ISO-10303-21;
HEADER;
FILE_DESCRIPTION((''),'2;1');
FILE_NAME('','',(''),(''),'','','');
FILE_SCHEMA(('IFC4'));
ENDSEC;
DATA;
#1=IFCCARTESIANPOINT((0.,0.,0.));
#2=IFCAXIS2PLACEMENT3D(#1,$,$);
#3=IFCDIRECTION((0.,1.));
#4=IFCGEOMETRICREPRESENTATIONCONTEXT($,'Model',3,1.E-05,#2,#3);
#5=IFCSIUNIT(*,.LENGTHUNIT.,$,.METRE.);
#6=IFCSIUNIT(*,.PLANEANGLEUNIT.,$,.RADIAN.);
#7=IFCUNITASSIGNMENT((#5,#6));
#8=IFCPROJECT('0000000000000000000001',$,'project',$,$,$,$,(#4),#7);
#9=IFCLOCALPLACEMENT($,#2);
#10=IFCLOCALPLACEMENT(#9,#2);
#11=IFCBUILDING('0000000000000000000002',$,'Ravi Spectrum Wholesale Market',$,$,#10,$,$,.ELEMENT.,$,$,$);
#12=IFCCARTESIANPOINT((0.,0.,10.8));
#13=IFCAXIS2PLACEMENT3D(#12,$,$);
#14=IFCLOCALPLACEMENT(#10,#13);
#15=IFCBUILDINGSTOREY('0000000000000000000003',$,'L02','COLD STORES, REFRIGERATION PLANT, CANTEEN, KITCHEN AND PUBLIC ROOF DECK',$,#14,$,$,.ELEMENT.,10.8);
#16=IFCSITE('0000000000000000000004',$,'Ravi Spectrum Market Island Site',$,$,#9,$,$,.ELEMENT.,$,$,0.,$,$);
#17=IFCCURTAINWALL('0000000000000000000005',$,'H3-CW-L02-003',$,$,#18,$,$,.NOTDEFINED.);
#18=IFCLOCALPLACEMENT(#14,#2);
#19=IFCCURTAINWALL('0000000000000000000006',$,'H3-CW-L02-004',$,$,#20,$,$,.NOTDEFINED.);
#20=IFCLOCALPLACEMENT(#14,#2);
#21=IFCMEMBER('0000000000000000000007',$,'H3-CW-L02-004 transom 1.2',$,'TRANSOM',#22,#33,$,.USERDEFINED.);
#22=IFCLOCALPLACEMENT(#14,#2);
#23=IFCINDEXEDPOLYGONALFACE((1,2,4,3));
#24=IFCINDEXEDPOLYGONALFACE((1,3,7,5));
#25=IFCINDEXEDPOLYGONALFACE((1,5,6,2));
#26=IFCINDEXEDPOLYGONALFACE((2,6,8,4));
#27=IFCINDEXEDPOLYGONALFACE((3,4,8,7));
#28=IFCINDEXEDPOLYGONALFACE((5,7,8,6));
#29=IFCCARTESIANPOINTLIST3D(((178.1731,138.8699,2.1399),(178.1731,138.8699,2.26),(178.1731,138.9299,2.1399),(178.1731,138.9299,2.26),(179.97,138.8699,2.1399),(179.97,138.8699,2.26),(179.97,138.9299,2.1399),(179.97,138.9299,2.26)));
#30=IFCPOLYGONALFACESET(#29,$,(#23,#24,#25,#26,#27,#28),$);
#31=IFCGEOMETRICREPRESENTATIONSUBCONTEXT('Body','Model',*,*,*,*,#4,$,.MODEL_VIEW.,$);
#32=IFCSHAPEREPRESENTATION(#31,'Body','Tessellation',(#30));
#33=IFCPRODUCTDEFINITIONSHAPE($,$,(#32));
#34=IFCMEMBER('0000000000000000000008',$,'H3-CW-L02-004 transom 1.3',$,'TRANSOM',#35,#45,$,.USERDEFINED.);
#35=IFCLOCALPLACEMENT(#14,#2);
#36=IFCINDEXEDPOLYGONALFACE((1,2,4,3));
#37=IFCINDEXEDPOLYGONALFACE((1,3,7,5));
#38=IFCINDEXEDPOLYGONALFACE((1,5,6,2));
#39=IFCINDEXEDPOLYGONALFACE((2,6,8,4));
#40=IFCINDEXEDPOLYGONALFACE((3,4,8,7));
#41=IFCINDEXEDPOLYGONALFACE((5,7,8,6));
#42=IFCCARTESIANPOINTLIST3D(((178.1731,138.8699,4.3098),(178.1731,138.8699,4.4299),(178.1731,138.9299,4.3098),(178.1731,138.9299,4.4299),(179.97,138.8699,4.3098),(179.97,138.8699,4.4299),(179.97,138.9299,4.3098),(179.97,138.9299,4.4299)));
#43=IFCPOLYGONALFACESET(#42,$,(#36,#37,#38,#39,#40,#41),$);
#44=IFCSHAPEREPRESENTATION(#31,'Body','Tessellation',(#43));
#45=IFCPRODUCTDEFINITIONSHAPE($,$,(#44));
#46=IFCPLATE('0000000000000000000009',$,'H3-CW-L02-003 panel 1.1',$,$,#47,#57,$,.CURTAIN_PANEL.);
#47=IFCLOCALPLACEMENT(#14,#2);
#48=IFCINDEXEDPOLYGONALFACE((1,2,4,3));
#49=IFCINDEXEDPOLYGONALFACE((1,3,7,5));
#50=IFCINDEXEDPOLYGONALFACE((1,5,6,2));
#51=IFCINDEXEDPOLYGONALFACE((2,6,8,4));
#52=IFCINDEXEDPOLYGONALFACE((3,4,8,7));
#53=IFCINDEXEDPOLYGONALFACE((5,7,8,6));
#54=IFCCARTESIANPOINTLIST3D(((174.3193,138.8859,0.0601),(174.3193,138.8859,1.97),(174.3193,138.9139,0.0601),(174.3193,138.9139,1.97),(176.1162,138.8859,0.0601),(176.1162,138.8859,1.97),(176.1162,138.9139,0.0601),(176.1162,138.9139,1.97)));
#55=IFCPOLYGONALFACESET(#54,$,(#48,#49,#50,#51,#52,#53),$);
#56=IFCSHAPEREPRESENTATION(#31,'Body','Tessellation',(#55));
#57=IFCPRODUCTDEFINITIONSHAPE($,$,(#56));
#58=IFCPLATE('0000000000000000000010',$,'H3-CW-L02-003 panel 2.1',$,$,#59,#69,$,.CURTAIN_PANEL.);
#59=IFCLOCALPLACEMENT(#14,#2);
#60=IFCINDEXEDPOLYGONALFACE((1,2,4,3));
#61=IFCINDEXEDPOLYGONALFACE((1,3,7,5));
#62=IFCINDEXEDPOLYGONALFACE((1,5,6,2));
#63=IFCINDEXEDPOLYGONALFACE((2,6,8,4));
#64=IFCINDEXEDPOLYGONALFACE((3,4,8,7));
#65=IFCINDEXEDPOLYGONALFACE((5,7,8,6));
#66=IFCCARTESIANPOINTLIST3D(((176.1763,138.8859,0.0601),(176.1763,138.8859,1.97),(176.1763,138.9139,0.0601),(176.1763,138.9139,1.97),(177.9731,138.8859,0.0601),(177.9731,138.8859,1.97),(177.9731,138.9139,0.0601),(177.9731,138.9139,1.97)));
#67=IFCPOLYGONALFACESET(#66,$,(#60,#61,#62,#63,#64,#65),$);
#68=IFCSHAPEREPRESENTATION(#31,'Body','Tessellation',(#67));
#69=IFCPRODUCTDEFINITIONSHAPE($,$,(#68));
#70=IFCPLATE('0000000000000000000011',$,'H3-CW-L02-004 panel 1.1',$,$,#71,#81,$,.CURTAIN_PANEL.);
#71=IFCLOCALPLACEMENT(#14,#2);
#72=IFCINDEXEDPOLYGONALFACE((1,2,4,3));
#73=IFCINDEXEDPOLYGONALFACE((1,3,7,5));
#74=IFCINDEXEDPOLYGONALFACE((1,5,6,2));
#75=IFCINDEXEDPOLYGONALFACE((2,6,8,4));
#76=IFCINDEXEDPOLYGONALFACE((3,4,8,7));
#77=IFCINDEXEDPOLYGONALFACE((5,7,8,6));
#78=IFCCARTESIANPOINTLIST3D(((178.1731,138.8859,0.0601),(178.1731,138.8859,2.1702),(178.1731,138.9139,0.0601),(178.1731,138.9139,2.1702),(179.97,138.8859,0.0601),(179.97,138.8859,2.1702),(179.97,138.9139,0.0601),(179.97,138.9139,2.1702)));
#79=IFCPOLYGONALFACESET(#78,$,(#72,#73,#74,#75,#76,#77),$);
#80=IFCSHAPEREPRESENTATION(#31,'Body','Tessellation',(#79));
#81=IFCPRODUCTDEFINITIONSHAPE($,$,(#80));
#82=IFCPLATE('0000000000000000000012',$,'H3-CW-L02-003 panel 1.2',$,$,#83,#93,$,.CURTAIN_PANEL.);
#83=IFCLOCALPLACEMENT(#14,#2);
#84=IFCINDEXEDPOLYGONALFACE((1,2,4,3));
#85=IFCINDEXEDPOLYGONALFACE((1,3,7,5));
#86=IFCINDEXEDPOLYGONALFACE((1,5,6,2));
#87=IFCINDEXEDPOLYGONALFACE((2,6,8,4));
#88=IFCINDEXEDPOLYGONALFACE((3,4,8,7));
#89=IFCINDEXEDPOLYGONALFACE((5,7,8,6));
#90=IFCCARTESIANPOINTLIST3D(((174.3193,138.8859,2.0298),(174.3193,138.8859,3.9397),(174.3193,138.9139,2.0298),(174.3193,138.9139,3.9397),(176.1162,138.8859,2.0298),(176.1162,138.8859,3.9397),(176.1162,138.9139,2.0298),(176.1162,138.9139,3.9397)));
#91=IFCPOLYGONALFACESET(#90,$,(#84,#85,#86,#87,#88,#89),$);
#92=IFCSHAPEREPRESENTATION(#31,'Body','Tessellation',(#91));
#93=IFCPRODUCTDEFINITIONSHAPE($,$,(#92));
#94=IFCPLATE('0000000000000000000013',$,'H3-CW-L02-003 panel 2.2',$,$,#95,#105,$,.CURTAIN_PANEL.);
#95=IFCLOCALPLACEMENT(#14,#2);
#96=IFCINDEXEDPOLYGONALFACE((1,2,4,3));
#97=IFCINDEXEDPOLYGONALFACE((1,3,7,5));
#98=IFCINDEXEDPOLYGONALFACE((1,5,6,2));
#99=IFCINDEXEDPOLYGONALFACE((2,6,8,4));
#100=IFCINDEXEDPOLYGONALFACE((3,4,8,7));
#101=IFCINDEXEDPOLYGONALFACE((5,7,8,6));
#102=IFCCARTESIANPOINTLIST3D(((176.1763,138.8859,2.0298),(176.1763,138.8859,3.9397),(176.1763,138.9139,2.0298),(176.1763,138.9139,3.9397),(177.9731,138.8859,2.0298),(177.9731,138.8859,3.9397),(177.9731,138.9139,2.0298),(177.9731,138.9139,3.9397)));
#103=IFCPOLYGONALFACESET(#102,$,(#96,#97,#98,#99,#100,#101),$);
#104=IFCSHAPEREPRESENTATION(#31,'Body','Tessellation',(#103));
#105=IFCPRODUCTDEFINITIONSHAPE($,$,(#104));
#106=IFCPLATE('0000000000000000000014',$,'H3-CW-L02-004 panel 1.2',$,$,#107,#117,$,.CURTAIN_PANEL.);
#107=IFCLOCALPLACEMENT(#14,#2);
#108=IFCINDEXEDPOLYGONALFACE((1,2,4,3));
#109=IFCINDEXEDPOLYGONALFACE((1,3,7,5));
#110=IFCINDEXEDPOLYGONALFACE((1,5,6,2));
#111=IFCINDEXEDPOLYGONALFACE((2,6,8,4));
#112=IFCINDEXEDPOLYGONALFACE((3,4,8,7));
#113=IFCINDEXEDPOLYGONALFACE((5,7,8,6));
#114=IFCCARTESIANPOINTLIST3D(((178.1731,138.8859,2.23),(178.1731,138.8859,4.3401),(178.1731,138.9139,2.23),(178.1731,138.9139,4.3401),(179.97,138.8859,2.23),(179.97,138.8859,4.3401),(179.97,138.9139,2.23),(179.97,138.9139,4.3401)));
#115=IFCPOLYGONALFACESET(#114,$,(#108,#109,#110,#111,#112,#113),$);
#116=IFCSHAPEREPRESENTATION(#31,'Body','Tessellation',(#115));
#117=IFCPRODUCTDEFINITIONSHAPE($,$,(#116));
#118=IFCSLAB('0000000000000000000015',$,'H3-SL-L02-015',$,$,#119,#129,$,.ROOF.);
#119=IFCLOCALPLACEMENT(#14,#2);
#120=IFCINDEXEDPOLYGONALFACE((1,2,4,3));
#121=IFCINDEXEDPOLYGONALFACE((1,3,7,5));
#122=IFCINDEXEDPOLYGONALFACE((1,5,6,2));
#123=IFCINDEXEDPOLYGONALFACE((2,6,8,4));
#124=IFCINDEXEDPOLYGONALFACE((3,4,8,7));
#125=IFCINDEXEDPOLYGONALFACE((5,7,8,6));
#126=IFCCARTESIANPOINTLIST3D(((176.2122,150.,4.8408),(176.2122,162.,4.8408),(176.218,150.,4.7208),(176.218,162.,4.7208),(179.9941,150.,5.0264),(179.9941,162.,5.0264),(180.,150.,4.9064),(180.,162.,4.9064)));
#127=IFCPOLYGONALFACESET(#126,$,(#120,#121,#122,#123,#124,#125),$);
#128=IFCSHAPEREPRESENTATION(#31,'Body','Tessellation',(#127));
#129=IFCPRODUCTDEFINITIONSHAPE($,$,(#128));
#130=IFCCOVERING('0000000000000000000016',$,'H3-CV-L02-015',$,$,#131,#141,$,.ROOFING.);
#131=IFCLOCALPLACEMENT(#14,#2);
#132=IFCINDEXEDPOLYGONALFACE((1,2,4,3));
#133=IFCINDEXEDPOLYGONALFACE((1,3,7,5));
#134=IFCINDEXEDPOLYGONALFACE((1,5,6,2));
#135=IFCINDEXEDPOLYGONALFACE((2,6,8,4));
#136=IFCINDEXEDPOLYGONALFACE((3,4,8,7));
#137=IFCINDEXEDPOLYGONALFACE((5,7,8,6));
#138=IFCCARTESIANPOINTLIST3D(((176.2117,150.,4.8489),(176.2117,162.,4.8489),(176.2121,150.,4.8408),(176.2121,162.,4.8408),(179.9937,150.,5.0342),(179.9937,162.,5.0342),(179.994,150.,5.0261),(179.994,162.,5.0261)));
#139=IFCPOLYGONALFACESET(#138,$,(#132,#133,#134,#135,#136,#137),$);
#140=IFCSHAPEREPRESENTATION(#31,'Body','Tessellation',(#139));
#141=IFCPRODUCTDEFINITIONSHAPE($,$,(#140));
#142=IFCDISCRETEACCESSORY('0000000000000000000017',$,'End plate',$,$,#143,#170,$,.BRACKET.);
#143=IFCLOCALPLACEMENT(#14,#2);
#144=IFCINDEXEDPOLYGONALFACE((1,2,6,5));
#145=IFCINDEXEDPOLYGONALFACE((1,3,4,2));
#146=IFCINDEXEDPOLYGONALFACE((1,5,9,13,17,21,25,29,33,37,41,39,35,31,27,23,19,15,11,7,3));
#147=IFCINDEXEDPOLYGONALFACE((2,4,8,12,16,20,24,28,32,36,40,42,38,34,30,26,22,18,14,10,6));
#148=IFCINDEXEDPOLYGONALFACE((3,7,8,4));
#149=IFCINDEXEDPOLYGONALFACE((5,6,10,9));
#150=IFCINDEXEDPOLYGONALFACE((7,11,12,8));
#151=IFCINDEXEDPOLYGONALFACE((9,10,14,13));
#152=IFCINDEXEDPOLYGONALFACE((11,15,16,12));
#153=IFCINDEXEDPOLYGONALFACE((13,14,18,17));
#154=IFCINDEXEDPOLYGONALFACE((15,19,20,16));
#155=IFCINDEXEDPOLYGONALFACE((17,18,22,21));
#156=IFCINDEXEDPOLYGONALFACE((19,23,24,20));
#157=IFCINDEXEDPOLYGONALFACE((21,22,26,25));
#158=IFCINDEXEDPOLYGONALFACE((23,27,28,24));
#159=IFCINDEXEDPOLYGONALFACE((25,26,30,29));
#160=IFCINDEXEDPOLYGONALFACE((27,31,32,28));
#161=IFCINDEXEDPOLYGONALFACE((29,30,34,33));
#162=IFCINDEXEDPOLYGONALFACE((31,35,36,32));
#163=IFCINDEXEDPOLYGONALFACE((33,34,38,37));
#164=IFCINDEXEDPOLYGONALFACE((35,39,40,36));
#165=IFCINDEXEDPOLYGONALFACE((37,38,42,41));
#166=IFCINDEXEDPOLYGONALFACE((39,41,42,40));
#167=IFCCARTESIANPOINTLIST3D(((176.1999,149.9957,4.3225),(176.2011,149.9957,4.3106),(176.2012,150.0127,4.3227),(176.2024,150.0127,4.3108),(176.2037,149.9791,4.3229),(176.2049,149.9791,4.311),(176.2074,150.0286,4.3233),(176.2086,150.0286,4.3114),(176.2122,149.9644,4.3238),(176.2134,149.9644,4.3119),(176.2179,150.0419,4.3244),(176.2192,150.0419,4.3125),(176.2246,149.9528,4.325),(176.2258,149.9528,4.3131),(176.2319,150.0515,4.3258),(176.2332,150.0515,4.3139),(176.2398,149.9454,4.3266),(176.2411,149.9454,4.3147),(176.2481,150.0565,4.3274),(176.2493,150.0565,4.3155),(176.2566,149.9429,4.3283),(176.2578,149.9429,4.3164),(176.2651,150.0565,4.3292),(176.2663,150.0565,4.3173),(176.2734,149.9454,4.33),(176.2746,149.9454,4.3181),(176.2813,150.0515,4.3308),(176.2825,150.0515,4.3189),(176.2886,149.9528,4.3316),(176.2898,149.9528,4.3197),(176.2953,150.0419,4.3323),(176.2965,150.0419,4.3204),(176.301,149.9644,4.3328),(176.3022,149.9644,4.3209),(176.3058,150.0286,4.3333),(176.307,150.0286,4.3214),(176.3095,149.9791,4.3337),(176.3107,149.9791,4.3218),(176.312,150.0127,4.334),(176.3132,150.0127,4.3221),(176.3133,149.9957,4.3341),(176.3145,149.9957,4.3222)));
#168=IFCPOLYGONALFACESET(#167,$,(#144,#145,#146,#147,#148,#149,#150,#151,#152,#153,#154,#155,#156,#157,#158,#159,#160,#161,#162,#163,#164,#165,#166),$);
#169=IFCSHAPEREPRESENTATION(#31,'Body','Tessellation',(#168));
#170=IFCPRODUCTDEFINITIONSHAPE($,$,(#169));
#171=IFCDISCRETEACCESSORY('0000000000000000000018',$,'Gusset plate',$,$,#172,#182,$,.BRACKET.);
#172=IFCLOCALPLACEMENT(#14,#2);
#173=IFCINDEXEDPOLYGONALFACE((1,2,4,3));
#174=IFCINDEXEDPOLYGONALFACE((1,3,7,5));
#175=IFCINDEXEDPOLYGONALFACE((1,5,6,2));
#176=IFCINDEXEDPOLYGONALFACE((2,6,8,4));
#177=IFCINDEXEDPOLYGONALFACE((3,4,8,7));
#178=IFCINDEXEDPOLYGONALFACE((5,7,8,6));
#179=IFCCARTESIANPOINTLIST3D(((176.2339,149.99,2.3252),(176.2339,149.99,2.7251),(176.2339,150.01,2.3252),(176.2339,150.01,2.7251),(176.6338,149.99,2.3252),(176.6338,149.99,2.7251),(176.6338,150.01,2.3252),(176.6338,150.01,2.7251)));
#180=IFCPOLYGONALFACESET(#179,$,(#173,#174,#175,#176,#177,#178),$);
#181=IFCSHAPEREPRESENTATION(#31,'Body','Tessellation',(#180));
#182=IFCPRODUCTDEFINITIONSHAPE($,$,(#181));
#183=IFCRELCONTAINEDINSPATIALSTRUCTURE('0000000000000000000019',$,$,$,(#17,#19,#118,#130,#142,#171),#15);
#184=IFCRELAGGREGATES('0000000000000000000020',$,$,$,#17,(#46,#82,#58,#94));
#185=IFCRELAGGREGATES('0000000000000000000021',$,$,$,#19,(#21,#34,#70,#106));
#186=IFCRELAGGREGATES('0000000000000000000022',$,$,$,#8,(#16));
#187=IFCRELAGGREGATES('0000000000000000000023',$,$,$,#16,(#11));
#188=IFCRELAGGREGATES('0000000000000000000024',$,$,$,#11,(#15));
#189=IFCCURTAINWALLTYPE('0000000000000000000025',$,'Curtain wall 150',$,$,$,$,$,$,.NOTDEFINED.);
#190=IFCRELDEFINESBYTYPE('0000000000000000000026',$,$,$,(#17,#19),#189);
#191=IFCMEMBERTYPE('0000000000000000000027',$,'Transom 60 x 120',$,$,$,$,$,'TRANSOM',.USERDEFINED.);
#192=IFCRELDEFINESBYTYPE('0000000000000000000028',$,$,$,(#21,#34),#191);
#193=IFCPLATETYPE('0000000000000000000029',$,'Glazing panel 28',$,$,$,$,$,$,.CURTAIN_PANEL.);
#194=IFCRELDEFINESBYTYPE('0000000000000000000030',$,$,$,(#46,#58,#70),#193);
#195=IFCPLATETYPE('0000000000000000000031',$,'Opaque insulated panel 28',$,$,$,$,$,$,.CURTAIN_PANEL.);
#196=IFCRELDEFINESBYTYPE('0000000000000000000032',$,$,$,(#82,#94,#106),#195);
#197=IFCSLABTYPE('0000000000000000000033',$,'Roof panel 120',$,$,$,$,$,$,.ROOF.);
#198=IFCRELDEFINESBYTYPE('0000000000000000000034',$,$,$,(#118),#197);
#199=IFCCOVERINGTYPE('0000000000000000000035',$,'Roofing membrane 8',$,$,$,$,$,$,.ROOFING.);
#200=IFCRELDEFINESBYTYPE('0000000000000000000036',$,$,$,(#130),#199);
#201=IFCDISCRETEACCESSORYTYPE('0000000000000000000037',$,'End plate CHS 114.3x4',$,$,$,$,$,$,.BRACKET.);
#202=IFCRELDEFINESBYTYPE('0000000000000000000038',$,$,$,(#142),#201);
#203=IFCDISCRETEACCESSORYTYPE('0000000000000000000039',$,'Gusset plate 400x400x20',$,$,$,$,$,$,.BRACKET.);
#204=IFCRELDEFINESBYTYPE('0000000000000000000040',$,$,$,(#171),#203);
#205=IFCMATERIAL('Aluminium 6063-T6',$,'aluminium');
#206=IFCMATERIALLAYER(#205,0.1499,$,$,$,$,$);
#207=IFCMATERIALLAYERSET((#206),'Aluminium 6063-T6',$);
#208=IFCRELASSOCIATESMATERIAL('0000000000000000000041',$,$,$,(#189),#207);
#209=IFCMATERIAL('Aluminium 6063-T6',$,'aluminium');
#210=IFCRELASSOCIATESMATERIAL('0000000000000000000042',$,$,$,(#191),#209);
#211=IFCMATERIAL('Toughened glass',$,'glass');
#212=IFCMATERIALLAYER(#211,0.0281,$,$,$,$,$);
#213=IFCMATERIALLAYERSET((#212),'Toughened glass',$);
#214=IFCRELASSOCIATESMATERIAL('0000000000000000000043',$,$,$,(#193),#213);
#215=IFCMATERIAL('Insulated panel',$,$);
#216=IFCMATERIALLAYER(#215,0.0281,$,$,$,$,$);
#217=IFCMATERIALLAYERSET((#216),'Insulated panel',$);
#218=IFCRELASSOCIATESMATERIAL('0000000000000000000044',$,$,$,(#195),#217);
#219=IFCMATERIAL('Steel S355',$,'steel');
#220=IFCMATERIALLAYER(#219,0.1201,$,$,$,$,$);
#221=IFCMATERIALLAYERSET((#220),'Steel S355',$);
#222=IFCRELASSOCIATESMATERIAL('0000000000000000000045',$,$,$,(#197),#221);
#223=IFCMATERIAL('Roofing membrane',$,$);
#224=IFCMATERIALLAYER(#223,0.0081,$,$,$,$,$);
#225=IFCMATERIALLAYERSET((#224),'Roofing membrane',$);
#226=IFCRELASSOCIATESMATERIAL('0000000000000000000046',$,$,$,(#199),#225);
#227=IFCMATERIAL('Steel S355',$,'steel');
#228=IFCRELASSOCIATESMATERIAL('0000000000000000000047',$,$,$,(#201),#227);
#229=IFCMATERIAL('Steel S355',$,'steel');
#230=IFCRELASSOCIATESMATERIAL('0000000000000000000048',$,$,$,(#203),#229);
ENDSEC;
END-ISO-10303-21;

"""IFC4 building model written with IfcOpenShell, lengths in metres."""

from ifc_helpers import new_model, si_unit, direction, frame, origin, origin_2d, place, context, subcontext, project, spatial, polyline, rectangle, circle, outline, extrude, material, layer, layer_set, material_profile, profile_set, type_object, element, aggregate, save


model = new_model("IFC4")

# Units and contexts
model_context = context("Model", 3, precision=1e-05, world=origin(), true_north=direction((0.0, 1.0)))
body_context = subcontext(model_context, "Body", "Model", "MODEL_VIEW")
ifc_project = project(units=[si_unit("LENGTHUNIT", "METRE"), si_unit("PLANEANGLEUNIT", "RADIAN")], contexts=[model_context])

# Site, building, storey
site_placement = place(None, origin())
site = spatial("IfcSite", under=ifc_project, at=site_placement, Name="Ravi Spectrum Market Island Site", CompositionType="ELEMENT", RefElevation=0.0)
building_placement = place(site_placement, origin())
building = spatial("IfcBuilding", under=site, at=building_placement, Name="Ravi Spectrum Wholesale Market", CompositionType="ELEMENT")
storey_placement = place(building_placement, frame((0.0, 0.0, 10.8)))
storey = spatial("IfcBuildingStorey", under=building, at=storey_placement, Name="L02", Description="COLD STORES, REFRIGERATION PLANT, CANTEEN, KITCHEN AND PUBLIC ROOF DECK", CompositionType="ELEMENT", Elevation=10.8)

# Shared definitions
ifc_material_1 = material(Name="Aluminium 6063-T6", Category="aluminium")
ifc_layer_1 = layer(ifc_material_1, 0.1499)
ifc_layer_set_1 = layer_set([ifc_layer_1], Name="Aluminium 6063-T6")
curtain_wall_type = type_object("IfcCurtainWallType", Name="Curtain wall 150", PredefinedType="NOTDEFINED", material=ifc_layer_set_1)

# Curtain walls
curtain_wall_1_placement = place(storey_placement, origin())
curtain_wall_1 = element("IfcCurtainWall", 1, at=curtain_wall_1_placement, inside=storey, type_object=curtain_wall_type, Name="H3-CW-L02-003", PredefinedType="NOTDEFINED")
curtain_wall_2_placement = place(storey_placement, origin())
curtain_wall_2 = element("IfcCurtainWall", 2, at=curtain_wall_2_placement, inside=storey, type_object=curtain_wall_type, Name="H3-CW-L02-004", PredefinedType="NOTDEFINED")

# Members
ifc_material_2 = material(Name="Aluminium 6063-T6", Category="aluminium")
ifc_material_profile_1 = material_profile(ifc_material_2, rectangle(XDim=0.0601, YDim=0.1201, at=origin_2d()))
ifc_profile_set_1 = profile_set([ifc_material_profile_1], Name="Aluminium 6063-T6")
member_type_1 = type_object("IfcMemberType", Name="Transom 60 x 120", ElementType="TRANSOM", PredefinedType="USERDEFINED", material=ifc_profile_set_1)
member_1_placement = place(storey_placement, frame((178.1731, 138.8999, 2.2), z_axis=(1.0, 0.0, 0.0), x_axis=(0.0, 1.0, 0.0)))
member_1 = element("IfcMember", 3, at=member_1_placement, type_object=member_type_1, Name="H3-CW-L02-004 transom 1.2", ObjectType="TRANSOM", PredefinedType="USERDEFINED", context=body_context, shape_type="SweptSolid", body=[
    extrude(rectangle(XDim=0.0601, YDim=0.1201, at=origin_2d()), origin(), (0.0, 0.0, 1.0), 1.7969),
])
member_2_placement = place(storey_placement, frame((178.1731, 138.8999, 4.3699), z_axis=(1.0, 0.0, 0.0), x_axis=(0.0, 1.0, 0.0)))
member_2 = element("IfcMember", 4, at=member_2_placement, type_object=member_type_1, Name="H3-CW-L02-004 transom 1.3", ObjectType="TRANSOM", PredefinedType="USERDEFINED", context=body_context, shape_type="SweptSolid", body=[
    extrude(rectangle(XDim=0.0601, YDim=0.1201, at=origin_2d()), origin(), (0.0, 0.0, 1.0), 1.7969),
])

# Plates
ifc_material_3 = material(Name="Toughened glass", Category="glass")
ifc_layer_2 = layer(ifc_material_3, 0.0281)
ifc_layer_set_2 = layer_set([ifc_layer_2], Name="Toughened glass")
plate_type_1 = type_object("IfcPlateType", Name="Glazing panel 28", PredefinedType="CURTAIN_PANEL", material=ifc_layer_set_2)
plate_1_placement = place(storey_placement, frame((175.2178, 138.8999, 0.0601), z_axis=(0.0, 0.0, 1.0), x_axis=(1.0, 0.0, 0.0)))
plate_1 = element("IfcPlate", 5, at=plate_1_placement, type_object=plate_type_1, Name="H3-CW-L02-003 panel 1.1", PredefinedType="CURTAIN_PANEL", context=body_context, shape_type="SweptSolid", body=[
    extrude(rectangle(XDim=1.7969, YDim=0.0281, at=origin_2d()), origin(), (0.0, 0.0, 1.0), 1.9099),
])
plate_2_placement = place(storey_placement, frame((177.0747, 138.8999, 0.0601), z_axis=(0.0, 0.0, 1.0), x_axis=(1.0, 0.0, 0.0)))
plate_2 = element("IfcPlate", 6, at=plate_2_placement, type_object=plate_type_1, Name="H3-CW-L02-003 panel 2.1", PredefinedType="CURTAIN_PANEL", context=body_context, shape_type="SweptSolid", body=[
    extrude(rectangle(XDim=1.7969, YDim=0.0281, at=origin_2d()), origin(), (0.0, 0.0, 1.0), 1.9099),
])
plate_3_placement = place(storey_placement, frame((179.0715, 138.8999, 0.0601), z_axis=(0.0, 0.0, 1.0), x_axis=(1.0, 0.0, 0.0)))
plate_3 = element("IfcPlate", 7, at=plate_3_placement, type_object=plate_type_1, Name="H3-CW-L02-004 panel 1.1", PredefinedType="CURTAIN_PANEL", context=body_context, shape_type="SweptSolid", body=[
    extrude(rectangle(XDim=1.7969, YDim=0.0281, at=origin_2d()), origin(), (0.0, 0.0, 1.0), 2.1101),
])
ifc_material_4 = material(Name="Insulated panel")
ifc_layer_3 = layer(ifc_material_4, 0.0281)
ifc_layer_set_3 = layer_set([ifc_layer_3], Name="Insulated panel")
plate_type_2 = type_object("IfcPlateType", Name="Opaque insulated panel 28", PredefinedType="CURTAIN_PANEL", material=ifc_layer_set_3)
plate_4_placement = place(storey_placement, frame((175.2178, 138.8999, 2.0298), z_axis=(0.0, 0.0, 1.0), x_axis=(1.0, 0.0, 0.0)))
plate_4 = element("IfcPlate", 8, at=plate_4_placement, type_object=plate_type_2, Name="H3-CW-L02-003 panel 1.2", PredefinedType="CURTAIN_PANEL", context=body_context, shape_type="SweptSolid", body=[
    extrude(rectangle(XDim=1.7969, YDim=0.0281, at=origin_2d()), origin(), (0.0, 0.0, 1.0), 1.9099),
])
plate_5_placement = place(storey_placement, frame((177.0747, 138.8999, 2.0298), z_axis=(0.0, 0.0, 1.0), x_axis=(1.0, 0.0, 0.0)))
plate_5 = element("IfcPlate", 9, at=plate_5_placement, type_object=plate_type_2, Name="H3-CW-L02-003 panel 2.2", PredefinedType="CURTAIN_PANEL", context=body_context, shape_type="SweptSolid", body=[
    extrude(rectangle(XDim=1.7969, YDim=0.0281, at=origin_2d()), origin(), (0.0, 0.0, 1.0), 1.9099),
])
aggregate(curtain_wall_1, [plate_1, plate_4, plate_2, plate_5])
plate_6_placement = place(storey_placement, frame((179.0715, 138.8999, 2.23), z_axis=(0.0, 0.0, 1.0), x_axis=(1.0, 0.0, 0.0)))
plate_6 = element("IfcPlate", 10, at=plate_6_placement, type_object=plate_type_2, Name="H3-CW-L02-004 panel 1.2", PredefinedType="CURTAIN_PANEL", context=body_context, shape_type="SweptSolid", body=[
    extrude(rectangle(XDim=1.7969, YDim=0.0281, at=origin_2d()), origin(), (0.0, 0.0, 1.0), 2.1101),
])
aggregate(curtain_wall_2, [member_1, member_2, plate_3, plate_6])

# Slab
ifc_material_5 = material(Name="Steel S355", Category="steel")
ifc_layer_4 = layer(ifc_material_5, 0.1201)
ifc_layer_set_4 = layer_set([ifc_layer_4], Name="Steel S355")
slab_type = type_object("IfcSlabType", Name="Roof panel 120", PredefinedType="ROOF", material=ifc_layer_set_4)
slab_placement = place(storey_placement, frame((176.2122, 150.0, 4.8408), z_axis=(-0.049002, 0.0, 0.998799), x_axis=(0.998799, 0.0, 0.049002)))
element("IfcSlab", 11, at=slab_placement, inside=storey, type_object=slab_type, Name="H3-SL-L02-015", PredefinedType="ROOF", context=body_context, shape_type="SweptSolid", body=[
    extrude(outline(polyline([(0.0, 0.0), (3.7865, 0.0), (3.7865, 12.0), (0.0, 12.0), (0.0, 0.0)])), origin(), (0.0, 0.0, -1.0), 0.1201),
])

# Covering
ifc_material_6 = material(Name="Roofing membrane")
ifc_layer_5 = layer(ifc_material_6, 0.0081)
ifc_layer_set_5 = layer_set([ifc_layer_5], Name="Roofing membrane")
covering_type = type_object("IfcCoveringType", Name="Roofing membrane 8", PredefinedType="ROOFING", material=ifc_layer_set_5)
covering_placement = place(storey_placement, frame((176.2117, 150.0, 4.8489), z_axis=(-0.048937, 0.0, 0.998802), x_axis=(0.998802, 0.0, 0.048937)))
element("IfcCovering", 12, at=covering_placement, inside=storey, type_object=covering_type, Name="H3-CV-L02-015", PredefinedType="ROOFING", context=body_context, shape_type="SweptSolid", body=[
    extrude(outline(polyline([(0.0, 0.0), (3.7865, 0.0), (3.7865, 12.0), (0.0, 12.0), (0.0, 0.0)])), origin(), (0.0, 0.0, -1.0), 0.0081),
])

# Discrete accessories
ifc_material_7 = material(Name="Steel S355", Category="steel")
ifc_material_profile_2 = material_profile(ifc_material_7, circle(Radius=0.0571, at=origin_2d()))
ifc_profile_set_2 = profile_set([ifc_material_profile_2], Name="Steel S355")
discrete_accessory_type_1 = type_object("IfcDiscreteAccessoryType", Name="End plate CHS 114.3x4", PredefinedType="BRACKET", material=ifc_profile_set_2)
discrete_accessory_1_placement = place(storey_placement, frame((176.2578, 150.0, 4.3164), z_axis=(-0.101514, 0.0, 0.994834), x_axis=(0.0, -1.0, 0.0)))
element("IfcDiscreteAccessory", 13, at=discrete_accessory_1_placement, inside=storey, type_object=discrete_accessory_type_1, Name="End plate", PredefinedType="BRACKET", context=body_context, shape_type="SweptSolid", body=[
    extrude(circle(Radius=0.0571, at=origin_2d()), origin(), (0.0, 0.0, 1.0), 0.012),
])
ifc_material_8 = material(Name="Steel S355", Category="steel")
ifc_material_profile_3 = material_profile(ifc_material_8, rectangle(XDim=0.3999, YDim=0.02, at=origin_2d()))
ifc_profile_set_3 = profile_set([ifc_material_profile_3], Name="Steel S355")
discrete_accessory_type_2 = type_object("IfcDiscreteAccessoryType", Name="Gusset plate 400x400x20", PredefinedType="BRACKET", material=ifc_profile_set_3)
discrete_accessory_2_placement = place(storey_placement, frame((176.4338, 150.0, 2.3252), z_axis=(0.0, 0.0, 1.0), x_axis=(1.0, 0.0, 0.0)))
element("IfcDiscreteAccessory", 14, at=discrete_accessory_2_placement, inside=storey, type_object=discrete_accessory_type_2, Name="Gusset plate", PredefinedType="BRACKET", context=body_context, shape_type="SweptSolid", body=[
    extrude(rectangle(XDim=0.3999, YDim=0.02, at=origin_2d()), origin(), (0.0, 0.0, 1.0), 0.3999),
])

save(model, "model.ifc")
